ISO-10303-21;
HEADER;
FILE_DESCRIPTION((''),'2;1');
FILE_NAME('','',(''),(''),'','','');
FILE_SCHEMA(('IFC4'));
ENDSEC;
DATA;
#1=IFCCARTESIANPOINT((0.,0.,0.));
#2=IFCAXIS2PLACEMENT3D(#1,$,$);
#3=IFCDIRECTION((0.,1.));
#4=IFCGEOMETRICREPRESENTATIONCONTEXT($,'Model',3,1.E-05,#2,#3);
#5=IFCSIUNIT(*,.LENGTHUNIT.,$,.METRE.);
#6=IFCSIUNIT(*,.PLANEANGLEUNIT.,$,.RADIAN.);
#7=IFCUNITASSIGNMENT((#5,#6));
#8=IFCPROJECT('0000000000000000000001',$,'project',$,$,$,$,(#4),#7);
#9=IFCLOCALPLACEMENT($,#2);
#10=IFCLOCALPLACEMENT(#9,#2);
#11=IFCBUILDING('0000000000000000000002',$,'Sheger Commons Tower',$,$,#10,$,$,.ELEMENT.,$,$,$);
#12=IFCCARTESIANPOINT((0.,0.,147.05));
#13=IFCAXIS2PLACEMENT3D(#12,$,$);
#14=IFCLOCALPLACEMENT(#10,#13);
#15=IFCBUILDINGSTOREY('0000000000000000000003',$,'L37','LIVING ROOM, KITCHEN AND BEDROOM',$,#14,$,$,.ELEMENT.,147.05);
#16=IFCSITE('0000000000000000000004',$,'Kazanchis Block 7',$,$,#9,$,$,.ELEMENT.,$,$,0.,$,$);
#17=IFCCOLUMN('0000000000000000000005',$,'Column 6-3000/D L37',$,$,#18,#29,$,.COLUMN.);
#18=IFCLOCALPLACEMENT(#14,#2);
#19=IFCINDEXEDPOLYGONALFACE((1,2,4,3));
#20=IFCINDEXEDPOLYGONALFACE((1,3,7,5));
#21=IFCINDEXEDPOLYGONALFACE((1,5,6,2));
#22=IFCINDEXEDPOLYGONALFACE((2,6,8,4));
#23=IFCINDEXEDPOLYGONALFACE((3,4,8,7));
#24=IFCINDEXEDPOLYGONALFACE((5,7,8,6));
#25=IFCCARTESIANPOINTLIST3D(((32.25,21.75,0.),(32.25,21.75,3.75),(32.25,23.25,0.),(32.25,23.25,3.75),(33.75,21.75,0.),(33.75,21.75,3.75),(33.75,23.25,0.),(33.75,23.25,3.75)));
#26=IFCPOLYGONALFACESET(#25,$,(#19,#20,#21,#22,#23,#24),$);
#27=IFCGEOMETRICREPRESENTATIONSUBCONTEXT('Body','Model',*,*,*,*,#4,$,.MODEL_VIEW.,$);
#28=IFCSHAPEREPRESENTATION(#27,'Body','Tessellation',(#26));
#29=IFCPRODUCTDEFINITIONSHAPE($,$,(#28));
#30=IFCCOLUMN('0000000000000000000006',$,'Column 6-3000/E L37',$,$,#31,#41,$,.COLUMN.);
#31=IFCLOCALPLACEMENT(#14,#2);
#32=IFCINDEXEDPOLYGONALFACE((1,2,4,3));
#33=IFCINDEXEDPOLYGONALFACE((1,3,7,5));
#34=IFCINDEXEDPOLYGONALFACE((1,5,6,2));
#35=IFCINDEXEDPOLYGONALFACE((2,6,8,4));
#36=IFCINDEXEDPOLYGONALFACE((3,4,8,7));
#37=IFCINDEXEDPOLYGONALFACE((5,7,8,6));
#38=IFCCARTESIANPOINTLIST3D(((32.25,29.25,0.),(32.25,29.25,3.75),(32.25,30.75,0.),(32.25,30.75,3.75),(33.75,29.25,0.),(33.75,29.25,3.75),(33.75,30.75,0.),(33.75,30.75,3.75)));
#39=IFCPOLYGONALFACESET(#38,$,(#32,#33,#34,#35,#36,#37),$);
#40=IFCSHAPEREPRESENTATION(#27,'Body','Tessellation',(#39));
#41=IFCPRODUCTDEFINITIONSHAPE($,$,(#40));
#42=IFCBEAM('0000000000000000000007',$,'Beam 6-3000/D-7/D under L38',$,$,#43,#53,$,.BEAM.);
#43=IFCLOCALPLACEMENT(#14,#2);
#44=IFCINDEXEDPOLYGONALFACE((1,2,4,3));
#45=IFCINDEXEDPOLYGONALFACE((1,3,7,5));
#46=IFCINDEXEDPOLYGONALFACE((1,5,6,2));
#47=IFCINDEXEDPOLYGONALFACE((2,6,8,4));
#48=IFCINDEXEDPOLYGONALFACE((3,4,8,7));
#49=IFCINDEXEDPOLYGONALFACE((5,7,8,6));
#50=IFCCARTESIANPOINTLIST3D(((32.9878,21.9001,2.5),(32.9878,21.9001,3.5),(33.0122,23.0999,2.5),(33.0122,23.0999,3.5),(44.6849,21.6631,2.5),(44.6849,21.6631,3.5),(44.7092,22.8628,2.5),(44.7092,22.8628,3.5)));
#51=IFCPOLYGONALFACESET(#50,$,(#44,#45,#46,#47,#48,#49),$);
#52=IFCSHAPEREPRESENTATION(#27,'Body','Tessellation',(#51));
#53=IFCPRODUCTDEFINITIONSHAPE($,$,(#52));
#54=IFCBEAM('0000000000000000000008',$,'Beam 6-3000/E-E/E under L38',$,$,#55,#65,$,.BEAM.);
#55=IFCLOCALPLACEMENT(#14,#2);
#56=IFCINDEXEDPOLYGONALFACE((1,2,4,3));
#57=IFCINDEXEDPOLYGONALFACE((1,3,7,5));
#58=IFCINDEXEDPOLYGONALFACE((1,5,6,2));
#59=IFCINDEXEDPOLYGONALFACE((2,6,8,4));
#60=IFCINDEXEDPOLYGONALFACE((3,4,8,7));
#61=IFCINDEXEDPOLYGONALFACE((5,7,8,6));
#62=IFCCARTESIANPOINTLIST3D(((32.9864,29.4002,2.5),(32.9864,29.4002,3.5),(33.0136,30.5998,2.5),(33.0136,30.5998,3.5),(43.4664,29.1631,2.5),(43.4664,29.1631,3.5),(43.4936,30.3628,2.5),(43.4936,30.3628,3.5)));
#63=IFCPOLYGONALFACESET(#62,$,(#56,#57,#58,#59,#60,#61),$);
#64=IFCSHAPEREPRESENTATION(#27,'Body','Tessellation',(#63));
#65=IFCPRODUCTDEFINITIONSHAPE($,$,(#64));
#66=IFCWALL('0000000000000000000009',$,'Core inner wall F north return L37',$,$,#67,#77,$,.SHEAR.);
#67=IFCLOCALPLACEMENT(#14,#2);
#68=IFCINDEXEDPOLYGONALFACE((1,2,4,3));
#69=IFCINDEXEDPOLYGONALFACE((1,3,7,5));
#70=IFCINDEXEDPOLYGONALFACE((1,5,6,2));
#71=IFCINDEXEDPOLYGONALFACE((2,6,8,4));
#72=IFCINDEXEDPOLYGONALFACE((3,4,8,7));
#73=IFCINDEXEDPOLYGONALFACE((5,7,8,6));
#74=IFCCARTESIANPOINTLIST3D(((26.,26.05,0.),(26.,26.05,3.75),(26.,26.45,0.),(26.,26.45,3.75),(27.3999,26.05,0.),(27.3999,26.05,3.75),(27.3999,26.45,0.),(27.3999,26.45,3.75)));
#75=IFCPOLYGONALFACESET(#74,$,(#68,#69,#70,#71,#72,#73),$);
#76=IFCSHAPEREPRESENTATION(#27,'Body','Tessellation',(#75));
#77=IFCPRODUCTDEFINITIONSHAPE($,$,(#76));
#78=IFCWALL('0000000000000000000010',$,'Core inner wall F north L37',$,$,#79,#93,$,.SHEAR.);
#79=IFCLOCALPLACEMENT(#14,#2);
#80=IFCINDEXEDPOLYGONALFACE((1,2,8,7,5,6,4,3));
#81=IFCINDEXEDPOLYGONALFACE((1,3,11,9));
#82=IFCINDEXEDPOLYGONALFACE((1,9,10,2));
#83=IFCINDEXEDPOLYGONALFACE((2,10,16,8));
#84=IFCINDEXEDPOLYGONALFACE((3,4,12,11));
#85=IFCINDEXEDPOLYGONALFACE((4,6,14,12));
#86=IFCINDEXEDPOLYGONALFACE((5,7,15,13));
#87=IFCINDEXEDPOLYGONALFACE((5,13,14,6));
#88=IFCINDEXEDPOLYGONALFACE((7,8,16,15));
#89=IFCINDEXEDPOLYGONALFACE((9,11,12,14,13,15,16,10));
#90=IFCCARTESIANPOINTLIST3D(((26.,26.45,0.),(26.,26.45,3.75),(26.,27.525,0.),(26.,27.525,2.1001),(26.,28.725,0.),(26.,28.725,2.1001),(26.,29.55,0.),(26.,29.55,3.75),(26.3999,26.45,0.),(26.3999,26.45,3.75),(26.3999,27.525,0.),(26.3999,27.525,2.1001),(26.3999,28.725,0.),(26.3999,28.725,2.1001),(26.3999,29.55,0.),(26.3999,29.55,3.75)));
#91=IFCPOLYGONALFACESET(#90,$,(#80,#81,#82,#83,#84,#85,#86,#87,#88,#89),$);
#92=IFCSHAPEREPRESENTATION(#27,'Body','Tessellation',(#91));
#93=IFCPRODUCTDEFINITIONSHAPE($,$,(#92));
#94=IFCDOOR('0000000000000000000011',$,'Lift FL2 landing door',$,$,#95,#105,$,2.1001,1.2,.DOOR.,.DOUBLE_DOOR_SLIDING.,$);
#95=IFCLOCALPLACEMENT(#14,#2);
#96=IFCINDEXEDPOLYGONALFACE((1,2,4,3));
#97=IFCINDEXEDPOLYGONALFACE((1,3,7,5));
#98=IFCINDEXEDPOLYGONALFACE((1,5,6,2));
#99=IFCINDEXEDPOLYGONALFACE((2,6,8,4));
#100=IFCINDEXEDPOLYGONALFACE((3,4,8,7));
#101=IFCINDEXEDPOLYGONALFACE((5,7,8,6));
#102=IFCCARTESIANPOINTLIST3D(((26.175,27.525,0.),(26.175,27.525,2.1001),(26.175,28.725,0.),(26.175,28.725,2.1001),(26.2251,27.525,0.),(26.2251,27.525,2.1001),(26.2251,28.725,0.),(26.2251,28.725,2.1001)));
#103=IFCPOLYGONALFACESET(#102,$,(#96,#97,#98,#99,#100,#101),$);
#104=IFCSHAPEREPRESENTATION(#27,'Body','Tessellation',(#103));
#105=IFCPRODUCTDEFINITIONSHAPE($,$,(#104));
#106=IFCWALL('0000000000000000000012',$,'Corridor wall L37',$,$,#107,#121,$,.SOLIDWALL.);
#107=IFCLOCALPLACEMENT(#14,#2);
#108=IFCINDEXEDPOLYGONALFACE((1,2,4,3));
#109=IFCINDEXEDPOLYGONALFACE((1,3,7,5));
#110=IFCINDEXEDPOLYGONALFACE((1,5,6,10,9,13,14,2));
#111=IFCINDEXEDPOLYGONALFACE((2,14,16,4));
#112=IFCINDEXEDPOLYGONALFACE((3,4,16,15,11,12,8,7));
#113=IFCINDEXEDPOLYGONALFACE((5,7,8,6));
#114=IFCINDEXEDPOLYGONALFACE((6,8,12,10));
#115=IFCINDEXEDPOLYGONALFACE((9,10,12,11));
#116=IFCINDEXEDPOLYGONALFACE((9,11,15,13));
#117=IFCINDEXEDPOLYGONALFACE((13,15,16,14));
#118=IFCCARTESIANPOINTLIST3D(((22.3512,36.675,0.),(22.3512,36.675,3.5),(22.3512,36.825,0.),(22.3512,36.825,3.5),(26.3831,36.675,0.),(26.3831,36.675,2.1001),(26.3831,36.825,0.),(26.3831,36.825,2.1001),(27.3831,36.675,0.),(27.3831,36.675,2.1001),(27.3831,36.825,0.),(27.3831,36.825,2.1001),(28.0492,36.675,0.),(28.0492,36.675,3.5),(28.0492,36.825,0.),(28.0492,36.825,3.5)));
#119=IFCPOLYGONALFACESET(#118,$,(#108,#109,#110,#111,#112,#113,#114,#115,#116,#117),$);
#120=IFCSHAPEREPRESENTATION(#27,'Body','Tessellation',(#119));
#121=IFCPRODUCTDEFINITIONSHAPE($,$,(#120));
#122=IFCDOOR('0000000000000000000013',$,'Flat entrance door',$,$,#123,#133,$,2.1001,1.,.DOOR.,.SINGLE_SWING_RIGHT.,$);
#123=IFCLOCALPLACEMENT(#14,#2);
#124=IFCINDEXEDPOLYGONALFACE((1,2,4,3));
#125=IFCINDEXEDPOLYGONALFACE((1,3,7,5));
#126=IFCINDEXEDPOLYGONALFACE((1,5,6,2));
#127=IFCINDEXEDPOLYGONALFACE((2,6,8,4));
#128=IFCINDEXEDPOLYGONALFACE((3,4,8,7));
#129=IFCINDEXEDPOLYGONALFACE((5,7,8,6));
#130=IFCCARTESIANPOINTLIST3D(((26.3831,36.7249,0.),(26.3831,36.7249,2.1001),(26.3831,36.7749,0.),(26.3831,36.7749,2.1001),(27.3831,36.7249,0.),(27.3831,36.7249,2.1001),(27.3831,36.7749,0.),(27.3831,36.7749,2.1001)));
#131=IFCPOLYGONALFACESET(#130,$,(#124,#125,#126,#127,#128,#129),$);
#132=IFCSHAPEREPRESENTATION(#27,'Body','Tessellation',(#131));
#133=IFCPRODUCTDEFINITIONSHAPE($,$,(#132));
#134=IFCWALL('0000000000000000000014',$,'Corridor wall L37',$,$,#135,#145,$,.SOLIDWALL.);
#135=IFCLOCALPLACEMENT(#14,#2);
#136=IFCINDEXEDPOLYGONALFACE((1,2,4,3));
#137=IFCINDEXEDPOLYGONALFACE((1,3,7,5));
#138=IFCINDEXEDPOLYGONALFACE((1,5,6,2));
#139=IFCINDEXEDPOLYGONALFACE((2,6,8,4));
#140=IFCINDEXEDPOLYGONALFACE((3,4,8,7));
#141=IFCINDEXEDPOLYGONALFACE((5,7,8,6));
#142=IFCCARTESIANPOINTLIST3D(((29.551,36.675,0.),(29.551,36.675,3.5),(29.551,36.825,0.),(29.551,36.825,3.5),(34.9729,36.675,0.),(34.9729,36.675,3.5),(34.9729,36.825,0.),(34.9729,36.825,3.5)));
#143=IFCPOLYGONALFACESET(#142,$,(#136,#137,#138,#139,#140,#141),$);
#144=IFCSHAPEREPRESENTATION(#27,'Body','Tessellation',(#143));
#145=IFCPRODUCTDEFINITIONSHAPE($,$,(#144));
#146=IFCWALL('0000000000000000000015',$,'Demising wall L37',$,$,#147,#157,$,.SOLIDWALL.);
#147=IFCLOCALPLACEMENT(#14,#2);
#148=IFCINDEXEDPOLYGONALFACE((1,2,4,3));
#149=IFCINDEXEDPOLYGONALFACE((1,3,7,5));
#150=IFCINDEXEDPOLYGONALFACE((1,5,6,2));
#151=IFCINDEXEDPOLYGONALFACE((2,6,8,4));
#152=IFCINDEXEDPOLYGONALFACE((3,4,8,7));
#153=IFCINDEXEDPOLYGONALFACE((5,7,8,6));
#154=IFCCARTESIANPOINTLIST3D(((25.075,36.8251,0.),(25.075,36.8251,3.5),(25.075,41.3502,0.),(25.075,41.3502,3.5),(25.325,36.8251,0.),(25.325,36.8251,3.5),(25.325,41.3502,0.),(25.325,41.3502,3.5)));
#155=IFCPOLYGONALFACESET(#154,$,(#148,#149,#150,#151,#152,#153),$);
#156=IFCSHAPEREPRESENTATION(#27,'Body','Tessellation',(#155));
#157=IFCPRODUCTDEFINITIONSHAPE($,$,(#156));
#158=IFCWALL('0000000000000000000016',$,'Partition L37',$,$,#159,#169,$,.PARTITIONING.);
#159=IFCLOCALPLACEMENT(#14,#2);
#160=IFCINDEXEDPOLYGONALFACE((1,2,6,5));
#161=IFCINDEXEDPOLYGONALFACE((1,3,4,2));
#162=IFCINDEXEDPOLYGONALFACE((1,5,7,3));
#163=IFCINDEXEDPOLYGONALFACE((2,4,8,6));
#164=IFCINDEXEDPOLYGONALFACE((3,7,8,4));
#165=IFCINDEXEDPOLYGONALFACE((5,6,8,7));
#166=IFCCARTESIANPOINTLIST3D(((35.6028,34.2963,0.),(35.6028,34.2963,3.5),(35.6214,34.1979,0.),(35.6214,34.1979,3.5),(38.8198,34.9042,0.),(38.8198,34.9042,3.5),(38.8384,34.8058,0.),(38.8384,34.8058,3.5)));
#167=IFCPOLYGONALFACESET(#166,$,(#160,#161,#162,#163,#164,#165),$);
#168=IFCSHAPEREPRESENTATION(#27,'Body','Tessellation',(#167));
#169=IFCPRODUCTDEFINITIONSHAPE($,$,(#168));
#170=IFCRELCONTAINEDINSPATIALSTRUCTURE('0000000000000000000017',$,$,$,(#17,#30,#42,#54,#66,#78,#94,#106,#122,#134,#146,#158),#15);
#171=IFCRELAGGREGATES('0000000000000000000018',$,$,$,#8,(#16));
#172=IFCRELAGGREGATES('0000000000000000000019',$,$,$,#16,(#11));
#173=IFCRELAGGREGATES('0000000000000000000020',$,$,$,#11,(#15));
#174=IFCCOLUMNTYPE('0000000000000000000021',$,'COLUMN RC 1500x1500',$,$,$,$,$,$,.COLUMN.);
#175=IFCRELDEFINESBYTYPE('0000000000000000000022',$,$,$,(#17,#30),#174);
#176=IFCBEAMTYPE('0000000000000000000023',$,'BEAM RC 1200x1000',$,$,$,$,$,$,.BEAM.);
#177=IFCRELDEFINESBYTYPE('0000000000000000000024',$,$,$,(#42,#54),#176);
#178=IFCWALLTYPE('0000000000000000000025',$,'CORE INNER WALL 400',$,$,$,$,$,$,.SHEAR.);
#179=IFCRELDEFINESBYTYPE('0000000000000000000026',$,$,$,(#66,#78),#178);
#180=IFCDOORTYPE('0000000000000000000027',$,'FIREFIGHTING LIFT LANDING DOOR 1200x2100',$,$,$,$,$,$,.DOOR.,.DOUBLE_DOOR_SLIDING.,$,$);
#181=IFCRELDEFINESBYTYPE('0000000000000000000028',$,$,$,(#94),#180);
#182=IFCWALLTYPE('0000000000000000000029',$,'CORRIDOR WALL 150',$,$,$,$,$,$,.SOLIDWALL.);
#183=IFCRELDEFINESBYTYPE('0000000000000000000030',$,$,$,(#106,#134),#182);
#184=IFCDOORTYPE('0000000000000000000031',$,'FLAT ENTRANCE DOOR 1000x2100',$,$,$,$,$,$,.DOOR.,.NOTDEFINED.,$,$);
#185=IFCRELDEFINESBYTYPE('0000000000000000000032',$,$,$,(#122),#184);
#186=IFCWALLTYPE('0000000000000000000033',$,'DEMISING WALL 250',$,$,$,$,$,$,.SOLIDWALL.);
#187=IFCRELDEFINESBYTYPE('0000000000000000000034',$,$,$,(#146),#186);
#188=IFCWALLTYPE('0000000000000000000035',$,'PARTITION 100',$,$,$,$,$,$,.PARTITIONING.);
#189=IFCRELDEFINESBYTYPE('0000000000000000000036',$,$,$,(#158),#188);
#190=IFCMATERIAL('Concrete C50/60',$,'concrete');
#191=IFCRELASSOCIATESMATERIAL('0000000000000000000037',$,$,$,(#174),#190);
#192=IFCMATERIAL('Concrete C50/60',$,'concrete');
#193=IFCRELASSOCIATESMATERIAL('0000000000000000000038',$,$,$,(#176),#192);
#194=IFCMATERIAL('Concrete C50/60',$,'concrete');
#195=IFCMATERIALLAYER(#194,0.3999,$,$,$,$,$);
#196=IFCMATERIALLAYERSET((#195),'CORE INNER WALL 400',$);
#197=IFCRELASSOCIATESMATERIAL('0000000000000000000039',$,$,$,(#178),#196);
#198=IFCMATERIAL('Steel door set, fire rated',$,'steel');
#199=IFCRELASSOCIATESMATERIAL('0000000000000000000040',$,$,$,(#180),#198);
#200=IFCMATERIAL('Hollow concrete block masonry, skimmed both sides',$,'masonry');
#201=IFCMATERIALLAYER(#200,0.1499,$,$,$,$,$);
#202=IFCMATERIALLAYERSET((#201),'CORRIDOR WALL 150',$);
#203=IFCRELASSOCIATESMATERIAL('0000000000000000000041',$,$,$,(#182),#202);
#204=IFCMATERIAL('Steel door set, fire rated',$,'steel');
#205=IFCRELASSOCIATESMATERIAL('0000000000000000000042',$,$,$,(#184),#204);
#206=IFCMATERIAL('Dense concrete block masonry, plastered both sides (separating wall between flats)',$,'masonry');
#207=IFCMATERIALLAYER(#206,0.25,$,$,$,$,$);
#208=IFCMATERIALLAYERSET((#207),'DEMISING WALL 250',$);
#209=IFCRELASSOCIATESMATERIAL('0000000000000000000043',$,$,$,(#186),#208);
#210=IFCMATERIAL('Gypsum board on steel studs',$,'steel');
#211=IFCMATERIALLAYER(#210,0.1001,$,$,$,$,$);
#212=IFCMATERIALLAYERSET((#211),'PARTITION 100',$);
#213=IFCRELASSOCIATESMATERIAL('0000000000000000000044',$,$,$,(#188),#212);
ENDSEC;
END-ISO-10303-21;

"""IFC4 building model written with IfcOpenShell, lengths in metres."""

from ifc_helpers import new_model, si_unit, direction, frame, frame_2d, origin, origin_2d, place, context, subcontext, project, spatial, rectangle, extrude, material, layer, layer_set, material_profile, profile_set, type_object, element, fill, save


model = new_model("IFC4")

# Units and contexts
model_context = context("Model", 3, precision=1e-05, world=origin(), true_north=direction((0.0, 1.0)))
body_context = subcontext(model_context, "Body", "Model", "MODEL_VIEW")
ifc_project = project(units=[si_unit("LENGTHUNIT", "METRE"), si_unit("PLANEANGLEUNIT", "RADIAN")], contexts=[model_context])

# Site, building, storey
site_placement = place(None, origin())
site = spatial("IfcSite", under=ifc_project, at=site_placement, Name="Kazanchis Block 7", CompositionType="ELEMENT", RefElevation=0.0)
building_placement = place(site_placement, origin())
building = spatial("IfcBuilding", under=site, at=building_placement, Name="Sheger Commons Tower", CompositionType="ELEMENT")
storey_placement = place(building_placement, frame((0.0, 0.0, 147.05)))
storey = spatial("IfcBuildingStorey", under=building, at=storey_placement, Name="L37", Description="LIVING ROOM, KITCHEN AND BEDROOM", CompositionType="ELEMENT", Elevation=147.05)

# Columns
ifc_material_1 = material(Name="Concrete C50/60", Category="concrete")
ifc_material_profile_1 = material_profile(ifc_material_1, rectangle(XDim=1.5, YDim=1.5, at=origin_2d()), Name="RC 1500x1500")
ifc_profile_set_1 = profile_set([ifc_material_profile_1], Name="Concrete C50/60")
column_type = type_object("IfcColumnType", Name="COLUMN RC 1500x1500", PredefinedType="COLUMN", material=ifc_profile_set_1)
for number, where, z_axis, x_axis, name in (
    (1, (33.0, 22.5, 0.0), (0.0, 0.0, 1.0), (1.0, 0.0, 0.0), "Column 6-3000/D L37"),
    (2, (33.0, 30.0, 0.0), (0.0, 0.0, 1.0), (1.0, 0.0, 0.0), "Column 6-3000/E L37"),
):
    element("IfcColumn", number, at=place(storey_placement, frame(where, z_axis=z_axis, x_axis=x_axis)), inside=storey, type_object=column_type, Name=name, PredefinedType="COLUMN", context=body_context, shape_type="SweptSolid", body=[
        extrude(rectangle(XDim=1.5, YDim=1.5, at=origin_2d()), origin(), (0.0, 0.0, 1.0), 3.75),
    ])

# Beams
ifc_material_2 = material(Name="Concrete C50/60", Category="concrete")
ifc_material_profile_2 = material_profile(ifc_material_2, rectangle(XDim=1.2, YDim=1.0, at=origin_2d()), Name="RC 1200x1000")
ifc_profile_set_2 = profile_set([ifc_material_profile_2], Name="Concrete C50/60")
beam_type = type_object("IfcBeamType", Name="BEAM RC 1200x1000", PredefinedType="BEAM", material=ifc_profile_set_2)
beam_1_placement = place(storey_placement, frame((33.0, 22.5, 3.0), z_axis=(0.999795, -0.020263, 0.0), x_axis=(0.020263, 0.999795, 0.0)))
element("IfcBeam", 3, at=beam_1_placement, inside=storey, type_object=beam_type, Name="Beam 6-3000/D-7/D under L38", PredefinedType="BEAM", context=body_context, shape_type="SweptSolid", body=[
    extrude(rectangle(XDim=1.2, YDim=1.0, at=origin_2d()), origin(), (0.0, 0.0, 1.0), 11.6995),
])
beam_2_placement = place(storey_placement, frame((33.0, 30.0, 3.0), z_axis=(0.999744, -0.022615, 0.0), x_axis=(0.022615, 0.999744, 0.0)))
element("IfcBeam", 4, at=beam_2_placement, inside=storey, type_object=beam_type, Name="Beam 6-3000/E-E/E under L38", PredefinedType="BEAM", context=body_context, shape_type="SweptSolid", body=[
    extrude(rectangle(XDim=1.2, YDim=1.0, at=origin_2d()), origin(), (0.0, 0.0, 1.0), 10.4827),
])

# Wall
ifc_material_3 = material(Name="Concrete C50/60", Category="concrete")
ifc_layer_1 = layer(ifc_material_3, 0.3999)
ifc_layer_set_1 = layer_set([ifc_layer_1], Name="CORE INNER WALL 400")
wall_type_1 = type_object("IfcWallType", Name="CORE INNER WALL 400", PredefinedType="SHEAR", material=ifc_layer_set_1)
wall_1_placement = place(storey_placement, frame((26.0, 26.25, 0.0), z_axis=(0.0, 0.0, 1.0), x_axis=(1.0, 0.0, 0.0)))
element("IfcWall", 5, at=wall_1_placement, inside=storey, type_object=wall_type_1, Name="Core inner wall F north return L37", PredefinedType="SHEAR", context=body_context, shape_type="SweptSolid", body=[
    extrude(rectangle(XDim=1.3999, YDim=0.3999, at=frame_2d((0.7, 0.0))), origin(), (0.0, 0.0, 1.0), 3.75),
])

# Walls, openings, doors
wall_2_placement = place(storey_placement, frame((26.2, 26.45, 0.0), z_axis=(0.0, 0.0, 1.0), x_axis=(0.0, 1.0, 0.0)))
wall_2 = element("IfcWall", 6, at=wall_2_placement, inside=storey, type_object=wall_type_1, Name="Core inner wall F north L37", PredefinedType="SHEAR", context=body_context, shape_type="SweptSolid", body=[
    extrude(rectangle(XDim=3.1001, YDim=0.3999, at=frame_2d((1.55, 0.0))), origin(), (0.0, 0.0, 1.0), 3.75),
])
opening_1_placement = place(wall_2_placement, frame((1.075, 0.0, 0.0)))
opening_1 = element("IfcOpeningElement", 7, at=opening_1_placement, cuts=wall_2, PredefinedType="OPENING", context=body_context, shape_type="SweptSolid", body=[
    extrude(rectangle(XDim=1.2, YDim=2.1001, at=frame_2d((0.6001, 1.05))), frame((0.0, 0.21, 0.0), z_axis=(0.0, -1.0, 0.0), x_axis=(1.0, 0.0, 0.0)), (0.0, 0.0, 1.0), 0.4199),
])
ifc_material_4 = material(Name="Steel door set, fire rated", Category="steel")
door_type_1 = type_object("IfcDoorType", Name="FIREFIGHTING LIFT LANDING DOOR 1200x2100", OperationType="DOUBLE_DOOR_SLIDING", PredefinedType="DOOR", material=ifc_material_4)
door_1_placement = place(opening_1_placement, origin())
door_1 = element("IfcDoor", 8, at=door_1_placement, inside=storey, type_object=door_type_1, Name="Lift FL2 landing door", OperationType="DOUBLE_DOOR_SLIDING", OverallHeight=2.1001, OverallWidth=1.2, PredefinedType="DOOR", context=body_context, shape_type="SweptSolid", body=[
    extrude(rectangle(XDim=1.2, YDim=2.1001, at=frame_2d((0.6001, 1.05))), frame((0.0, 0.0249, 0.0), z_axis=(0.0, -1.0, 0.0), x_axis=(1.0, 0.0, 0.0)), (0.0, 0.0, 1.0), 0.05),
])
fill(opening_1, door_1)
ifc_material_5 = material(Name="Hollow concrete block masonry, skimmed both sides", Category="masonry")
ifc_layer_2 = layer(ifc_material_5, 0.1499)
ifc_layer_set_2 = layer_set([ifc_layer_2], Name="CORRIDOR WALL 150")
wall_type_2 = type_object("IfcWallType", Name="CORRIDOR WALL 150", PredefinedType="SOLIDWALL", material=ifc_layer_set_2)
wall_3_placement = place(storey_placement, frame((22.3511, 36.75, 0.0), z_axis=(0.0, 0.0, 1.0), x_axis=(1.0, 0.0, 0.0)))
wall_3 = element("IfcWall", 9, at=wall_3_placement, inside=storey, type_object=wall_type_2, Name="Corridor wall L37", PredefinedType="SOLIDWALL", context=body_context, shape_type="SweptSolid", body=[
    extrude(rectangle(XDim=5.698, YDim=0.1499, at=frame_2d((2.8491, 0.0))), origin(), (0.0, 0.0, 1.0), 3.5),
])
opening_2_placement = place(wall_3_placement, frame((4.032, 0.0, 0.0)))
opening_2 = element("IfcOpeningElement", 10, at=opening_2_placement, cuts=wall_3, PredefinedType="OPENING", context=body_context, shape_type="SweptSolid", body=[
    extrude(rectangle(XDim=1.0, YDim=2.1001, at=frame_2d((0.5, 1.05))), frame((0.0, 0.085, 0.0), z_axis=(0.0, -1.0, 0.0), x_axis=(1.0, 0.0, 0.0)), (0.0, 0.0, 1.0), 0.1699),
])
ifc_material_6 = material(Name="Steel door set, fire rated", Category="steel")
door_type_2 = type_object("IfcDoorType", Name="FLAT ENTRANCE DOOR 1000x2100", OperationType="NOTDEFINED", PredefinedType="DOOR", material=ifc_material_6)
door_2_placement = place(opening_2_placement, origin())
door_2 = element("IfcDoor", 11, at=door_2_placement, inside=storey, type_object=door_type_2, Name="Flat entrance door", OperationType="SINGLE_SWING_RIGHT", OverallHeight=2.1001, OverallWidth=1.0, PredefinedType="DOOR", context=body_context, shape_type="SweptSolid", body=[
    extrude(rectangle(XDim=1.0, YDim=2.1001, at=frame_2d((0.5, 1.05))), frame((0.0, 0.0249, 0.0), z_axis=(0.0, -1.0, 0.0), x_axis=(1.0, 0.0, 0.0)), (0.0, 0.0, 1.0), 0.05),
])
fill(opening_2, door_2)

# Walls
wall_4_placement = place(storey_placement, frame((29.551, 36.75, 0.0), z_axis=(0.0, 0.0, 1.0), x_axis=(1.0, 0.0, 0.0)))
element("IfcWall", 12, at=wall_4_placement, inside=storey, type_object=wall_type_2, Name="Corridor wall L37", PredefinedType="SOLIDWALL", context=body_context, shape_type="SweptSolid", body=[
    extrude(rectangle(XDim=5.4219, YDim=0.1499, at=frame_2d((2.7109, 0.0))), origin(), (0.0, 0.0, 1.0), 3.5),
])
ifc_material_7 = material(Name="Dense concrete block masonry, plastered both sides (separating wall between flats)", Category="masonry")
ifc_layer_3 = layer(ifc_material_7, 0.25)
ifc_layer_set_3 = layer_set([ifc_layer_3], Name="DEMISING WALL 250")
wall_type_3 = type_object("IfcWallType", Name="DEMISING WALL 250", PredefinedType="SOLIDWALL", material=ifc_layer_set_3)
wall_5_placement = place(storey_placement, frame((25.2, 36.825, 0.0), z_axis=(0.0, 0.0, 1.0), x_axis=(0.0, 1.0, 0.0)))
element("IfcWall", 13, at=wall_5_placement, inside=storey, type_object=wall_type_3, Name="Demising wall L37", PredefinedType="SOLIDWALL", context=body_context, shape_type="SweptSolid", body=[
    extrude(rectangle(XDim=4.5251, YDim=0.25, at=frame_2d((2.2627, 0.0))), origin(), (0.0, 0.0, 1.0), 3.5),
])
ifc_material_8 = material(Name="Gypsum board on steel studs", Category="steel")
ifc_layer_4 = layer(ifc_material_8, 0.1001)
ifc_layer_set_4 = layer_set([ifc_layer_4], Name="PARTITION 100")
wall_type_4 = type_object("IfcWallType", Name="PARTITION 100", PredefinedType="PARTITIONING", material=ifc_layer_set_4)
wall_6_placement = place(storey_placement, frame((38.8291, 34.855, 0.0), z_axis=(0.0, 0.0, 1.0), x_axis=(-0.98261, -0.18568, 0.0)))
element("IfcWall", 14, at=wall_6_placement, inside=storey, type_object=wall_type_4, Name="Partition L37", PredefinedType="PARTITIONING", context=body_context, shape_type="SweptSolid", body=[
    extrude(rectangle(XDim=3.2739, YDim=0.1001, at=frame_2d((1.637, 0.0))), origin(), (0.0, 0.0, 1.0), 3.5),
])

save(model, "model.ifc")
